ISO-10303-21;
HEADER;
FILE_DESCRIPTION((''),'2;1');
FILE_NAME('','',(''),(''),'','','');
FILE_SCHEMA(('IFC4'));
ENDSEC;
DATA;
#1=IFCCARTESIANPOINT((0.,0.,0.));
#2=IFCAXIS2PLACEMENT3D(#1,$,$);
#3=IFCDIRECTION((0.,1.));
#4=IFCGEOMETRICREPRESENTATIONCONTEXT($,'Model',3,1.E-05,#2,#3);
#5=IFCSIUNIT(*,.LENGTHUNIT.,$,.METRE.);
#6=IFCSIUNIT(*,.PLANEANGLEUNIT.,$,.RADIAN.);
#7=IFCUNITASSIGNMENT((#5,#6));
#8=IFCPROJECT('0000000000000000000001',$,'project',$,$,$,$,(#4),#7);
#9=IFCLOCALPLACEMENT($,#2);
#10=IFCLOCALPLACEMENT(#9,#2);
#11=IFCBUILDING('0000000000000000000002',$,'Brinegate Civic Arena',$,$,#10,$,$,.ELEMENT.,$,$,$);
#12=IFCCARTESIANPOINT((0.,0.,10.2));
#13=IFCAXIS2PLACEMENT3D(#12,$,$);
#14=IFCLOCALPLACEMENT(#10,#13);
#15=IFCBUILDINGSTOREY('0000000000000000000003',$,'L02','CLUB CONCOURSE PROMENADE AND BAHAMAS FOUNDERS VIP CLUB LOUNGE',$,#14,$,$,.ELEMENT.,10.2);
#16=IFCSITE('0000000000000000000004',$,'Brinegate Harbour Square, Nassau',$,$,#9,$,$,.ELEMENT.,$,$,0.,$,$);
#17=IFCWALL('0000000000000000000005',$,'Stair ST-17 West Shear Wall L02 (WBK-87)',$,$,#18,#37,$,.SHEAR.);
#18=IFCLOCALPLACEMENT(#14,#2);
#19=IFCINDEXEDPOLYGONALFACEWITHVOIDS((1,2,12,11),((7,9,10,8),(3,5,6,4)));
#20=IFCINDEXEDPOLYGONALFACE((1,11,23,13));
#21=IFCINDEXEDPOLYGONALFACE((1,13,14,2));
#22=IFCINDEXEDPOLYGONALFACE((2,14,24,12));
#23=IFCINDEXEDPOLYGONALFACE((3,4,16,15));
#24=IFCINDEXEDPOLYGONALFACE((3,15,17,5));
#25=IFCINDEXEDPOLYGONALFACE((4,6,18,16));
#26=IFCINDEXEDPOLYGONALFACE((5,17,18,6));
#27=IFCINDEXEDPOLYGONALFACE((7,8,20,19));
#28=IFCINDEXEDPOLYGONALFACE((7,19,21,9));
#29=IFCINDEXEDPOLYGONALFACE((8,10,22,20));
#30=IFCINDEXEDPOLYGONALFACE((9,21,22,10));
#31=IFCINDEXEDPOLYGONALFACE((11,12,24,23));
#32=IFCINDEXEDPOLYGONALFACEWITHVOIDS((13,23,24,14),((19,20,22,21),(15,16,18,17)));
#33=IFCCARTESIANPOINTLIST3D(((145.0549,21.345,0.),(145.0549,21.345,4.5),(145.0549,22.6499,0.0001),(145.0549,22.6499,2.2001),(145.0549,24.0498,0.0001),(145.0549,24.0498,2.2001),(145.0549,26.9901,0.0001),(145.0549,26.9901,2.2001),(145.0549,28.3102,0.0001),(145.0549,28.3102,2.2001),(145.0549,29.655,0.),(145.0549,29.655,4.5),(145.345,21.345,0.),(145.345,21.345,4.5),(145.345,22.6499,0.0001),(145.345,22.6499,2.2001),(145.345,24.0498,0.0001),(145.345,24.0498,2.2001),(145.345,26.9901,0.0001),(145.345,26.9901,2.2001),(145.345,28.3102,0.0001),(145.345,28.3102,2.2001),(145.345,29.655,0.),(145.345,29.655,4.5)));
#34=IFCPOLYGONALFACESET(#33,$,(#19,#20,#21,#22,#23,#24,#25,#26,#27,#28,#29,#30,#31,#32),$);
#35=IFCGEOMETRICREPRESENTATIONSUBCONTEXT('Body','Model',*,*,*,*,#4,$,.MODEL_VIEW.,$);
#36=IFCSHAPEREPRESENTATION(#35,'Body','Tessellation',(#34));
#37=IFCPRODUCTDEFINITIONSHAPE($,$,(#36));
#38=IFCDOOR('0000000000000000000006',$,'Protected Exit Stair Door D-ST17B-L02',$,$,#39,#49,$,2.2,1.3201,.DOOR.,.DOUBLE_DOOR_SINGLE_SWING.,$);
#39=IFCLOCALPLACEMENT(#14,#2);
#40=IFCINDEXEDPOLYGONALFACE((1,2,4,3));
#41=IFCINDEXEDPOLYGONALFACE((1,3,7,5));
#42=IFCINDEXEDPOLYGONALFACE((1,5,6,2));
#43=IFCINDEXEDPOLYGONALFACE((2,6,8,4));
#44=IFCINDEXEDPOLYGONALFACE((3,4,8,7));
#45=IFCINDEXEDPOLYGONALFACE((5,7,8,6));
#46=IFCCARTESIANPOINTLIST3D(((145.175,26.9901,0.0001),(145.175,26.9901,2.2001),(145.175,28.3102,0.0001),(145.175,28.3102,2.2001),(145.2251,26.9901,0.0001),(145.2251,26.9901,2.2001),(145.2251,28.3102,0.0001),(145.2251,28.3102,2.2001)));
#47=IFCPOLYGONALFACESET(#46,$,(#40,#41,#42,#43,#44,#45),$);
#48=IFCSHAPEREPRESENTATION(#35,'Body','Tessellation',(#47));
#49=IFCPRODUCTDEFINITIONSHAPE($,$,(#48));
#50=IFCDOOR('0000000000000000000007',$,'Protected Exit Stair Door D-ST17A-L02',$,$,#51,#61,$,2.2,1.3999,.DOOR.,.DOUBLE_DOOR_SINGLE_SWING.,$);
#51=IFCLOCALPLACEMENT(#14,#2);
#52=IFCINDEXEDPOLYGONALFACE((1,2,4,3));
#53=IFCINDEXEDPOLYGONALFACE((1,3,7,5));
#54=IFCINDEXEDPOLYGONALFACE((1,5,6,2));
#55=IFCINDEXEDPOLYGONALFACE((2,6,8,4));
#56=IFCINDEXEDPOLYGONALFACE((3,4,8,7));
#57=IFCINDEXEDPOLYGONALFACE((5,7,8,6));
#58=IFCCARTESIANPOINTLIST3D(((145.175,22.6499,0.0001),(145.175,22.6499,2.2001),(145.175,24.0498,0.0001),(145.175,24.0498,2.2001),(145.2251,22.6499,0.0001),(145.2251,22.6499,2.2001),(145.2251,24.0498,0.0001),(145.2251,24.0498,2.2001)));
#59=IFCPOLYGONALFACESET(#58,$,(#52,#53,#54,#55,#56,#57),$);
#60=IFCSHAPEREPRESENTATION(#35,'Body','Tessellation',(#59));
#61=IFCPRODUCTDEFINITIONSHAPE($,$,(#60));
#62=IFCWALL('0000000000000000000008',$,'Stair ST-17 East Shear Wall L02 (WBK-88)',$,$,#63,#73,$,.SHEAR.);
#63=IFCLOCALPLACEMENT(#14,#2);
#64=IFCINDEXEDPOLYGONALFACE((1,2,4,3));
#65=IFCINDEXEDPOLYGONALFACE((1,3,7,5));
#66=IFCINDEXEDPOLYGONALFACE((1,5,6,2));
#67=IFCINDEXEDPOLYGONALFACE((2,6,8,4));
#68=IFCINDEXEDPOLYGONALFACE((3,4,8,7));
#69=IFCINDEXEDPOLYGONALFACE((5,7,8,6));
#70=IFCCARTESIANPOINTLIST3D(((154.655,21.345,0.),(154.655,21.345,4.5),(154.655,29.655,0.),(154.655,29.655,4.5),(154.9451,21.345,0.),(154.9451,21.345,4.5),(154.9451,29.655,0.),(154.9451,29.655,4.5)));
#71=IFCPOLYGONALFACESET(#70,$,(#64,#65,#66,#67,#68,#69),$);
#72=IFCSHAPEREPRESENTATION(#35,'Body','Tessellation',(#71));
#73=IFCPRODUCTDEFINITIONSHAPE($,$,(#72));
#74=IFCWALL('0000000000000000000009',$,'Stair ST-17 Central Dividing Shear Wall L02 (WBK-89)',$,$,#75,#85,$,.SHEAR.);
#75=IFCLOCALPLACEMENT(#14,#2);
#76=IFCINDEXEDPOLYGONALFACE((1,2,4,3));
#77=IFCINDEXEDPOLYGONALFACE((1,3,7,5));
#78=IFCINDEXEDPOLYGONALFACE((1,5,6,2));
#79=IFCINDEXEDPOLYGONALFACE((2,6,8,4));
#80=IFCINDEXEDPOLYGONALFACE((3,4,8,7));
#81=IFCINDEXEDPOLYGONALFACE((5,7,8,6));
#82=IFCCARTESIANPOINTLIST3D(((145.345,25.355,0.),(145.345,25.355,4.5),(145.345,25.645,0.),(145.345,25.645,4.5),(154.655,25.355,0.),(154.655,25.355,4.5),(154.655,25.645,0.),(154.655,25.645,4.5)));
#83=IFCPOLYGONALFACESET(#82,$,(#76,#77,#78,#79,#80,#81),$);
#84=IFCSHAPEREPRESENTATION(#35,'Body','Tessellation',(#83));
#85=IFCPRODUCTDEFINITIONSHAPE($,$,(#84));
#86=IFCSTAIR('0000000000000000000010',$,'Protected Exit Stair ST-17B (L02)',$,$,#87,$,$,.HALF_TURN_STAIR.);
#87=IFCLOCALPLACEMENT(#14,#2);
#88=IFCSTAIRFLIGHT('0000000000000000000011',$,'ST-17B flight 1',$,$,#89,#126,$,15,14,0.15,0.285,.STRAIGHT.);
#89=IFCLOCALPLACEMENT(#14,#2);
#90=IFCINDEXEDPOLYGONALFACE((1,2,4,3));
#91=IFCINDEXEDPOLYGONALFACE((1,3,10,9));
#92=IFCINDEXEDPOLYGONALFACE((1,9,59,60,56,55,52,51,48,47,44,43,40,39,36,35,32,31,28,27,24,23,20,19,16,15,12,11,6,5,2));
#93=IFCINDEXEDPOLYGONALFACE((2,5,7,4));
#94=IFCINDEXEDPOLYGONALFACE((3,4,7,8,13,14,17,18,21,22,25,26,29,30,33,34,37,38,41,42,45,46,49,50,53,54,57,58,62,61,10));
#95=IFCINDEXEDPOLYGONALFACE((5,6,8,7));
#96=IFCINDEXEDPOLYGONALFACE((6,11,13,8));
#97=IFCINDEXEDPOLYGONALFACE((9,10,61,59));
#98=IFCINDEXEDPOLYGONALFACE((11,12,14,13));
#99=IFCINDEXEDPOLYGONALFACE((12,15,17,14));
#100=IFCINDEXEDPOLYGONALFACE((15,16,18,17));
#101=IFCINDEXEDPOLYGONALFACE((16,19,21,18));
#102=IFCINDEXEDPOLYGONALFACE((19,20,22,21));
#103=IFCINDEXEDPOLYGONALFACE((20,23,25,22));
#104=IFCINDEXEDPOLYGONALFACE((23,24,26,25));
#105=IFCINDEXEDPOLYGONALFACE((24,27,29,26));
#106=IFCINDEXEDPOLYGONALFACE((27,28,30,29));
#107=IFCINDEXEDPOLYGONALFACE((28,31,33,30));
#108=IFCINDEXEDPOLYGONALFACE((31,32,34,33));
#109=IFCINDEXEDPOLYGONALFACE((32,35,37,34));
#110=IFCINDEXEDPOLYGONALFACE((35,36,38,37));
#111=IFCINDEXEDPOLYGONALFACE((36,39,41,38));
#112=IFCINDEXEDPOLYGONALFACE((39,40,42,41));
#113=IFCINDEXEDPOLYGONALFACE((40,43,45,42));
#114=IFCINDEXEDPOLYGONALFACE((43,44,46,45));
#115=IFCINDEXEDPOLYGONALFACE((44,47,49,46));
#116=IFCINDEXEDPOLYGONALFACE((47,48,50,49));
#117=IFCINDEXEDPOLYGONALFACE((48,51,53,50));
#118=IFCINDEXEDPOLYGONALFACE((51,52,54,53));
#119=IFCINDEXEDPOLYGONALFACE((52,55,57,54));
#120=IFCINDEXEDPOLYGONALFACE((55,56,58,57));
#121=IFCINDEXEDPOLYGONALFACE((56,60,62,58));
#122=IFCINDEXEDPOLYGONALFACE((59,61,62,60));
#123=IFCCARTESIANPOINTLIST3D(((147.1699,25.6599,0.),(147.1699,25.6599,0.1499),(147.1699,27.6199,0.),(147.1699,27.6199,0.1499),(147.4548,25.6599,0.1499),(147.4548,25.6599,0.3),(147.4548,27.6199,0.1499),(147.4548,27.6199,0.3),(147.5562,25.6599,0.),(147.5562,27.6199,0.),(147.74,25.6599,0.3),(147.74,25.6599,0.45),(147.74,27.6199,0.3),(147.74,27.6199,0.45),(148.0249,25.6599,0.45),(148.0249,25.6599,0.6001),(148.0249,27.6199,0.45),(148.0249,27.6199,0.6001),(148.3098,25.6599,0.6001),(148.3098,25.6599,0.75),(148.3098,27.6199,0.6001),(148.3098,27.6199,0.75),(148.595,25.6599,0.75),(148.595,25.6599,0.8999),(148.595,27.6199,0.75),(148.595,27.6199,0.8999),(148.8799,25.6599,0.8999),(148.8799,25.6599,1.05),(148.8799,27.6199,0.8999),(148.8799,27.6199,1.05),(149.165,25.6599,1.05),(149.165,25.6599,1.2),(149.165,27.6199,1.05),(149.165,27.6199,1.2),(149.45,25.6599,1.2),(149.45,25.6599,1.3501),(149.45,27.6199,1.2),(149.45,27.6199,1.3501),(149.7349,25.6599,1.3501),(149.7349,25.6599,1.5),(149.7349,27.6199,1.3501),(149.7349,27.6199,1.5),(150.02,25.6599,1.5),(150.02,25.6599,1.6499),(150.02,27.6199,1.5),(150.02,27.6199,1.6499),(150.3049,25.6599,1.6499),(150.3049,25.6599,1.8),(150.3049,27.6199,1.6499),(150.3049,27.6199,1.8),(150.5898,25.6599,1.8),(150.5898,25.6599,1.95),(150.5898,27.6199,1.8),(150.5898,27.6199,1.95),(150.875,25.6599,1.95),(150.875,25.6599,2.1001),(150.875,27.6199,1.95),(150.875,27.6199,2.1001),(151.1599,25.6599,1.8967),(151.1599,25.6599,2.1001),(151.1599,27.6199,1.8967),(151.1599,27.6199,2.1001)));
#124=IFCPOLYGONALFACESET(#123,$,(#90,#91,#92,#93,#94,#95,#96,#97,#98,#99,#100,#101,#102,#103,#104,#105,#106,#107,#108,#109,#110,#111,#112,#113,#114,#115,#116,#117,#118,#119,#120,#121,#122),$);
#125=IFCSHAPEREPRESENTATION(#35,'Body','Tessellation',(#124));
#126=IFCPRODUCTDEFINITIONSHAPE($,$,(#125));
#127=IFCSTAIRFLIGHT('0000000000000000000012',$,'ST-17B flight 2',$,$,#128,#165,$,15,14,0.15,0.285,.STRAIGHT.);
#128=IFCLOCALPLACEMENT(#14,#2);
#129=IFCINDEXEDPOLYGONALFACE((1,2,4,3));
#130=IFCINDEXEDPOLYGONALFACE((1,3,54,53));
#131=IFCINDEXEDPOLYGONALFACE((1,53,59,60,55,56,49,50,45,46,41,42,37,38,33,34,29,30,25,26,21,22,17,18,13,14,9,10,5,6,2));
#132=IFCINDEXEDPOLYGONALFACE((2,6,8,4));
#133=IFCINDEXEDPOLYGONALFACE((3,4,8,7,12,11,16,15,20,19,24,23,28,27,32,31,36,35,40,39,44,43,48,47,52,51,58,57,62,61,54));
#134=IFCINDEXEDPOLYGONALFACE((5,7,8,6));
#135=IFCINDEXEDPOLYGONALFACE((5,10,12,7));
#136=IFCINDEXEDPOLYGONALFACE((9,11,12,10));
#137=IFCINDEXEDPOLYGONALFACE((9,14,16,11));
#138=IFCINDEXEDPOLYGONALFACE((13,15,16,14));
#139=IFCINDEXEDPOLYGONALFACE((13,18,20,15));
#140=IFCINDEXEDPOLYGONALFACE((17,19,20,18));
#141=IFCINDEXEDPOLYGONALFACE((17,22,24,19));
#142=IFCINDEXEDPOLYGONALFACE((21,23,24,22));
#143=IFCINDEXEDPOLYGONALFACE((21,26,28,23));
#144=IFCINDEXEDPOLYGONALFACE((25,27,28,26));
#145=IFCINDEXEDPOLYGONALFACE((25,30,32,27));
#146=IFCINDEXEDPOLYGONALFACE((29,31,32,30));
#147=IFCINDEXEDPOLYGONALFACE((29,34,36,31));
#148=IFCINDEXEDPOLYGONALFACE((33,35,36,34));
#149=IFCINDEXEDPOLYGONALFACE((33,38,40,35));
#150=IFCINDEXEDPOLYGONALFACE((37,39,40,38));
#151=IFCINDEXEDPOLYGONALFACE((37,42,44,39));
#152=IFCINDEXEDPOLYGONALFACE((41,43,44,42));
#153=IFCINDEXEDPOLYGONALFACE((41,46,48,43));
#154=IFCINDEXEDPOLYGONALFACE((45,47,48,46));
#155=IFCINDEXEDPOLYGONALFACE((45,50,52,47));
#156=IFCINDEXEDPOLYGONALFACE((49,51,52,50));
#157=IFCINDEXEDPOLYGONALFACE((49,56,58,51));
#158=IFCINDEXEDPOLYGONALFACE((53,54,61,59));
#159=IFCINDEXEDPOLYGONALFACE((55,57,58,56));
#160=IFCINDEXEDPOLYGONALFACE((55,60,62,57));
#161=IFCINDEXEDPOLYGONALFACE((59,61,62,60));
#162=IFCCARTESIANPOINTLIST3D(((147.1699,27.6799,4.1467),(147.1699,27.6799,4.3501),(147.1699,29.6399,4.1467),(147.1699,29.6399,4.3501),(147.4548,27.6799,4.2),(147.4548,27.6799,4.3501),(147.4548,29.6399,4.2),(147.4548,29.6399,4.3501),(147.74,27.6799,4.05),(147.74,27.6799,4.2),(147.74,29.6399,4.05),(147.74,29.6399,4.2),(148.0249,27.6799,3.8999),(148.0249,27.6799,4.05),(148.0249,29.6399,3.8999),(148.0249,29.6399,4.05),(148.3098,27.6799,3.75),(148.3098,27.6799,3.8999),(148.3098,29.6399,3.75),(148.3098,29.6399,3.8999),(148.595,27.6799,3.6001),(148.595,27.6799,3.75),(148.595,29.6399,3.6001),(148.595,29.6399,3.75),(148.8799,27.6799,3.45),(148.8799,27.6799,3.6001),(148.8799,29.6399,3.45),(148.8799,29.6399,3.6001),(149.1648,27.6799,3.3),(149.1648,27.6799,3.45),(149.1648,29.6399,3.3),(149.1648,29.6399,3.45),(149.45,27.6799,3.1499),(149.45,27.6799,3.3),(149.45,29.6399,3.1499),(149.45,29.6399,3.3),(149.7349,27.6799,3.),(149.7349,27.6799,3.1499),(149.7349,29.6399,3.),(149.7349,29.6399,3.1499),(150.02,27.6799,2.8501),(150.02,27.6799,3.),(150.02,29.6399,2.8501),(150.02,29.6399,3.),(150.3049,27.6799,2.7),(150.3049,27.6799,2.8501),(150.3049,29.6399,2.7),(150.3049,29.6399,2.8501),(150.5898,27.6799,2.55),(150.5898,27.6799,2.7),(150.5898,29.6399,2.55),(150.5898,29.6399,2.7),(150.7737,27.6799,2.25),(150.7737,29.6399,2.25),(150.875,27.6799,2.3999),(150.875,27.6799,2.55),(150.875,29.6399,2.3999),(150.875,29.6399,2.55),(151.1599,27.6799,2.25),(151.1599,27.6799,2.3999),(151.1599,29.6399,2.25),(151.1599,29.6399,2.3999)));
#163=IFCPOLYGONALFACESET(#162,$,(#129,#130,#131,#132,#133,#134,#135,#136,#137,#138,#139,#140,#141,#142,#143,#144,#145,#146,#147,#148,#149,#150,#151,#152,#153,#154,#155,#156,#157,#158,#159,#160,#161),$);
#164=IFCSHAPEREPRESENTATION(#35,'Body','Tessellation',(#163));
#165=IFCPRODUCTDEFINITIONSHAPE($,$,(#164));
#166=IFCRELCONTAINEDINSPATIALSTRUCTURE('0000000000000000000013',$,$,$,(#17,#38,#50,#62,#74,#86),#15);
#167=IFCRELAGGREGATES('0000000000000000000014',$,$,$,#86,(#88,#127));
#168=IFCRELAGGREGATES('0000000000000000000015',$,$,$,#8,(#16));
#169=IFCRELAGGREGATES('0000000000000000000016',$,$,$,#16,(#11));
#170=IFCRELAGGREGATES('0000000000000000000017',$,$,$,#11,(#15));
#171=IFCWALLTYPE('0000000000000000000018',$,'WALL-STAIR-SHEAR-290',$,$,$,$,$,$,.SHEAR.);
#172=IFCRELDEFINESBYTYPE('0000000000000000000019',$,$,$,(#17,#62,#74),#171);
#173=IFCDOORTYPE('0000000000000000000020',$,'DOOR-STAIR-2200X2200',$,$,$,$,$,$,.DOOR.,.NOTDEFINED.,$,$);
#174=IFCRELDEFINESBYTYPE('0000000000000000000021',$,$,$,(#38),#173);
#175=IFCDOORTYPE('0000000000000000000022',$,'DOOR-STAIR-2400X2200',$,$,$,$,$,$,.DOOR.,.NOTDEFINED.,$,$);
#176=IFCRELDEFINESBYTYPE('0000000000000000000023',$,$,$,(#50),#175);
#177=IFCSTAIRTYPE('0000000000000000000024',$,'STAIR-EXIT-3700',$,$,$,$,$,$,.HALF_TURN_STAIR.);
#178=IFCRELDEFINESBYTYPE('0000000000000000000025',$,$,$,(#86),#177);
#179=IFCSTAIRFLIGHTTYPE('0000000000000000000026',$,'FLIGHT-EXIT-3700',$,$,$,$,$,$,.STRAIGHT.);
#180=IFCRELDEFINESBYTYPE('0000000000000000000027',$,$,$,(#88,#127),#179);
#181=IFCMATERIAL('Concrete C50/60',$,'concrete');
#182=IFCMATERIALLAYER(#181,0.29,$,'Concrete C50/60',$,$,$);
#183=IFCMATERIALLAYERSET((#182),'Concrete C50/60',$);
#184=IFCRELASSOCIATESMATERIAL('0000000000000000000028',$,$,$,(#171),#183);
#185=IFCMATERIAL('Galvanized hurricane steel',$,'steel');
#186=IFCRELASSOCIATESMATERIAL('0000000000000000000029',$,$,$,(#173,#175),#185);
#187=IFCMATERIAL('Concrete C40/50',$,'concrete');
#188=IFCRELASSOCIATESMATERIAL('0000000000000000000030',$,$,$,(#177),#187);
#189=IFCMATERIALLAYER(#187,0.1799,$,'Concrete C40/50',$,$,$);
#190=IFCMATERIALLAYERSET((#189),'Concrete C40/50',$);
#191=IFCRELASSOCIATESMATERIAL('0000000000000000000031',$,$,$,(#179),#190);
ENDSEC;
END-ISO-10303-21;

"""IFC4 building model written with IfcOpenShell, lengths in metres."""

from ifc_helpers import new_model, si_unit, direction, frame, frame_2d, origin, place, context, subcontext, project, spatial, polyline, rectangle, outline, extrude, material, layer, layer_set, type_object, element, fill, aggregate, save


model = new_model("IFC4")

# Units and contexts
model_context = context("Model", 3, precision=1e-05, world=origin(), true_north=direction((0.0, 1.0)))
body_context = subcontext(model_context, "Body", "Model", "MODEL_VIEW")
ifc_project = project(units=[si_unit("LENGTHUNIT", "METRE"), si_unit("PLANEANGLEUNIT", "RADIAN")], contexts=[model_context])

# Site, building, storey
site_placement = place(None, origin())
site = spatial("IfcSite", under=ifc_project, at=site_placement, Name="Brinegate Harbour Square, Nassau", CompositionType="ELEMENT", RefElevation=0.0)
building_placement = place(site_placement, origin())
building = spatial("IfcBuilding", under=site, at=building_placement, Name="Brinegate Civic Arena", CompositionType="ELEMENT")
storey_placement = place(building_placement, frame((0.0, 0.0, 10.2)))
storey = spatial("IfcBuildingStorey", under=building, at=storey_placement, Name="L02", Description="CLUB CONCOURSE PROMENADE AND BAHAMAS FOUNDERS VIP CLUB LOUNGE", CompositionType="ELEMENT", Elevation=10.2)

# Shared definitions
ifc_material_1 = material(Name="Concrete C50/60", Category="concrete")

# Shared definitions
ifc_layer_1 = layer(ifc_material_1, 0.29, Name="Concrete C50/60")
ifc_layer_set_1 = layer_set([ifc_layer_1], Name="Concrete C50/60")
wall_type = type_object("IfcWallType", Name="WALL-STAIR-SHEAR-290", PredefinedType="SHEAR", material=ifc_layer_set_1)

# Wall, openings, doors
wall_1_placement = place(storey_placement, frame((145.2, 21.345, 0.0), z_axis=(0.0, 0.0, 1.0), x_axis=(0.0, 1.0, 0.0)))
wall_1 = element("IfcWall", 1, at=wall_1_placement, inside=storey, type_object=wall_type, Name="Stair ST-17 West Shear Wall L02 (WBK-87)", PredefinedType="SHEAR", context=body_context, shape_type="SweptSolid", body=[
    extrude(rectangle(XDim=8.3101, YDim=0.29, at=frame_2d((4.155, 0.0))), origin(), (0.0, 0.0, 1.0), 4.5),
])
opening_1_placement = place(wall_1_placement, frame((1.3049, 0.0, 0.0)))
opening_1 = element("IfcOpeningElement", 2, at=opening_1_placement, cuts=wall_1, PredefinedType="OPENING", context=body_context, shape_type="SweptSolid", body=[
    extrude(rectangle(XDim=1.3999, YDim=2.2, at=frame_2d((0.7, 1.1001))), frame((0.0, 0.155, 0.0), z_axis=(0.0, -1.0, 0.0), x_axis=(1.0, 0.0, 0.0)), (0.0, 0.0, 1.0), 0.3101),
])
opening_2_placement = place(wall_1_placement, frame((5.645, 0.0, 0.0)))
opening_2 = element("IfcOpeningElement", 3, at=opening_2_placement, cuts=wall_1, PredefinedType="OPENING", context=body_context, shape_type="SweptSolid", body=[
    extrude(rectangle(XDim=1.3201, YDim=2.2, at=frame_2d((0.6602, 1.1001))), frame((0.0, 0.155, 0.0), z_axis=(0.0, -1.0, 0.0), x_axis=(1.0, 0.0, 0.0)), (0.0, 0.0, 1.0), 0.3101),
])
ifc_material_2 = material(Name="Galvanized hurricane steel", Category="steel")
door_type_1 = type_object("IfcDoorType", Name="DOOR-STAIR-2200X2200", OperationType="NOTDEFINED", PredefinedType="DOOR", material=ifc_material_2)
door_1_placement = place(opening_2_placement, origin())
door_1 = element("IfcDoor", 4, at=door_1_placement, inside=storey, type_object=door_type_1, Name="Protected Exit Stair Door D-ST17B-L02", OperationType="DOUBLE_DOOR_SINGLE_SWING", OverallHeight=2.2, OverallWidth=1.3201, PredefinedType="DOOR", context=body_context, shape_type="SweptSolid", body=[
    extrude(rectangle(XDim=1.3201, YDim=2.2, at=frame_2d((0.6602, 1.1001))), frame((0.0, 0.0249, 0.0), z_axis=(0.0, -1.0, 0.0), x_axis=(1.0, 0.0, 0.0)), (0.0, 0.0, 1.0), 0.05),
])
fill(opening_2, door_1)
door_type_2 = type_object("IfcDoorType", Name="DOOR-STAIR-2400X2200", OperationType="NOTDEFINED", PredefinedType="DOOR", material=ifc_material_2)
door_2_placement = place(opening_1_placement, origin())
door_2 = element("IfcDoor", 5, at=door_2_placement, inside=storey, type_object=door_type_2, Name="Protected Exit Stair Door D-ST17A-L02", OperationType="DOUBLE_DOOR_SINGLE_SWING", OverallHeight=2.2, OverallWidth=1.3999, PredefinedType="DOOR", context=body_context, shape_type="SweptSolid", body=[
    extrude(rectangle(XDim=1.3999, YDim=2.2, at=frame_2d((0.7, 1.1001))), frame((0.0, 0.0249, 0.0), z_axis=(0.0, -1.0, 0.0), x_axis=(1.0, 0.0, 0.0)), (0.0, 0.0, 1.0), 0.05),
])
fill(opening_1, door_2)

# Walls
wall_2_placement = place(storey_placement, frame((154.8, 21.345, 0.0), z_axis=(0.0, 0.0, 1.0), x_axis=(0.0, 1.0, 0.0)))
element("IfcWall", 6, at=wall_2_placement, inside=storey, type_object=wall_type, Name="Stair ST-17 East Shear Wall L02 (WBK-88)", PredefinedType="SHEAR", context=body_context, shape_type="SweptSolid", body=[
    extrude(rectangle(XDim=8.3101, YDim=0.29, at=frame_2d((4.155, 0.0))), origin(), (0.0, 0.0, 1.0), 4.5),
])
wall_3_placement = place(storey_placement, frame((145.345, 25.5, 0.0), z_axis=(0.0, 0.0, 1.0), x_axis=(1.0, 0.0, 0.0)))
element("IfcWall", 7, at=wall_3_placement, inside=storey, type_object=wall_type, Name="Stair ST-17 Central Dividing Shear Wall L02 (WBK-89)", PredefinedType="SHEAR", context=body_context, shape_type="SweptSolid", body=[
    extrude(rectangle(XDim=9.3101, YDim=0.29, at=frame_2d((4.655, 0.0))), origin(), (0.0, 0.0, 1.0), 4.5),
])

# Stair, stair flights
ifc_material_3 = material(Name="Concrete C40/50", Category="concrete")
stair_type_1 = type_object("IfcStairType", Name="STAIR-EXIT-3700", PredefinedType="HALF_TURN_STAIR", material=ifc_material_3)
stair_1_placement = place(storey_placement, origin())
stair_1 = element("IfcStair", 8, at=stair_1_placement, inside=storey, type_object=stair_type_1, Name="Protected Exit Stair ST-17B (L02)", PredefinedType="HALF_TURN_STAIR")
ifc_layer_2 = layer(ifc_material_3, 0.1799, Name="Concrete C40/50")
ifc_layer_set_2 = layer_set([ifc_layer_2], Name="Concrete C40/50")
stair_flight_type_1 = type_object("IfcStairFlightType", Name="FLIGHT-EXIT-3700", PredefinedType="STRAIGHT", material=ifc_layer_set_2)
stair_flight_1_placement = place(storey_placement, frame((147.1699, 26.6399, 0.0), z_axis=(0.0, 0.0, 1.0), x_axis=(1.0, 0.0, 0.0)))
stair_flight_1 = element("IfcStairFlight", 9, at=stair_flight_1_placement, type_object=stair_flight_type_1, Name="ST-17B flight 1", NumberOfRisers=15, NumberOfTreads=14, PredefinedType="STRAIGHT", RiserHeight=0.15, TreadLength=0.285, context=body_context, shape_type="SweptSolid", body=[
    extrude(outline(polyline([(0.0, 0.0), (0.0, 0.1499), (0.2849, 0.1499), (0.2849, 0.3), (0.5701, 0.3), (0.5701, 0.45), (0.855, 0.45), (0.855, 0.6001), (1.1399, 0.6001), (1.1399, 0.75), (1.425, 0.75), (1.425, 0.8999), (1.71, 0.8999), (1.71, 1.05), (1.9951, 1.05), (1.9951, 1.2), (2.28, 1.2), (2.28, 1.3501), (2.5649, 1.3501), (2.5649, 1.5), (2.8501, 1.5), (2.8501, 1.6499), (3.135, 1.6499), (3.135, 1.8), (3.4199, 1.8), (3.4199, 1.95), (3.7051, 1.95), (3.7051, 2.1001), (3.99, 2.1001), (3.99, 2.25), (3.99, 1.8967), (0.3862, 0.0), (0.0, 0.0)])), frame((0.0, 0.98, 0.0), z_axis=(0.0, -1.0, 0.0), x_axis=(1.0, 0.0, 0.0)), (0.0, 0.0, 1.0), 1.96),
])
stair_flight_2_placement = place(storey_placement, frame((151.1599, 28.6599, 2.25), z_axis=(0.0, 0.0, 1.0), x_axis=(-1.0, 0.0, 0.0)))
stair_flight_2 = element("IfcStairFlight", 10, at=stair_flight_2_placement, type_object=stair_flight_type_1, Name="ST-17B flight 2", NumberOfRisers=15, NumberOfTreads=14, PredefinedType="STRAIGHT", RiserHeight=0.15, TreadLength=0.285, context=body_context, shape_type="SweptSolid", body=[
    extrude(outline(polyline([(0.0, 0.0), (0.0, 0.1499), (0.2849, 0.1499), (0.2849, 0.3), (0.5701, 0.3), (0.5701, 0.45), (0.855, 0.45), (0.855, 0.6001), (1.1399, 0.6001), (1.1399, 0.75), (1.425, 0.75), (1.425, 0.8999), (1.71, 0.8999), (1.71, 1.05), (1.9951, 1.05), (1.9951, 1.2), (2.28, 1.2), (2.28, 1.3501), (2.5649, 1.3501), (2.5649, 1.5), (2.8501, 1.5), (2.8501, 1.6499), (3.135, 1.6499), (3.135, 1.8), (3.4199, 1.8), (3.4199, 1.95), (3.7051, 1.95), (3.7051, 2.1001), (3.99, 2.1001), (3.99, 2.25), (3.99, 1.8967), (0.3862, 0.0), (0.0, 0.0)])), frame((0.0, 0.98, 0.0), z_axis=(0.0, -1.0, 0.0), x_axis=(1.0, 0.0, 0.0)), (0.0, 0.0, 1.0), 1.96),
])
aggregate(stair_1, [stair_flight_1, stair_flight_2])

save(model, "model.ifc")
